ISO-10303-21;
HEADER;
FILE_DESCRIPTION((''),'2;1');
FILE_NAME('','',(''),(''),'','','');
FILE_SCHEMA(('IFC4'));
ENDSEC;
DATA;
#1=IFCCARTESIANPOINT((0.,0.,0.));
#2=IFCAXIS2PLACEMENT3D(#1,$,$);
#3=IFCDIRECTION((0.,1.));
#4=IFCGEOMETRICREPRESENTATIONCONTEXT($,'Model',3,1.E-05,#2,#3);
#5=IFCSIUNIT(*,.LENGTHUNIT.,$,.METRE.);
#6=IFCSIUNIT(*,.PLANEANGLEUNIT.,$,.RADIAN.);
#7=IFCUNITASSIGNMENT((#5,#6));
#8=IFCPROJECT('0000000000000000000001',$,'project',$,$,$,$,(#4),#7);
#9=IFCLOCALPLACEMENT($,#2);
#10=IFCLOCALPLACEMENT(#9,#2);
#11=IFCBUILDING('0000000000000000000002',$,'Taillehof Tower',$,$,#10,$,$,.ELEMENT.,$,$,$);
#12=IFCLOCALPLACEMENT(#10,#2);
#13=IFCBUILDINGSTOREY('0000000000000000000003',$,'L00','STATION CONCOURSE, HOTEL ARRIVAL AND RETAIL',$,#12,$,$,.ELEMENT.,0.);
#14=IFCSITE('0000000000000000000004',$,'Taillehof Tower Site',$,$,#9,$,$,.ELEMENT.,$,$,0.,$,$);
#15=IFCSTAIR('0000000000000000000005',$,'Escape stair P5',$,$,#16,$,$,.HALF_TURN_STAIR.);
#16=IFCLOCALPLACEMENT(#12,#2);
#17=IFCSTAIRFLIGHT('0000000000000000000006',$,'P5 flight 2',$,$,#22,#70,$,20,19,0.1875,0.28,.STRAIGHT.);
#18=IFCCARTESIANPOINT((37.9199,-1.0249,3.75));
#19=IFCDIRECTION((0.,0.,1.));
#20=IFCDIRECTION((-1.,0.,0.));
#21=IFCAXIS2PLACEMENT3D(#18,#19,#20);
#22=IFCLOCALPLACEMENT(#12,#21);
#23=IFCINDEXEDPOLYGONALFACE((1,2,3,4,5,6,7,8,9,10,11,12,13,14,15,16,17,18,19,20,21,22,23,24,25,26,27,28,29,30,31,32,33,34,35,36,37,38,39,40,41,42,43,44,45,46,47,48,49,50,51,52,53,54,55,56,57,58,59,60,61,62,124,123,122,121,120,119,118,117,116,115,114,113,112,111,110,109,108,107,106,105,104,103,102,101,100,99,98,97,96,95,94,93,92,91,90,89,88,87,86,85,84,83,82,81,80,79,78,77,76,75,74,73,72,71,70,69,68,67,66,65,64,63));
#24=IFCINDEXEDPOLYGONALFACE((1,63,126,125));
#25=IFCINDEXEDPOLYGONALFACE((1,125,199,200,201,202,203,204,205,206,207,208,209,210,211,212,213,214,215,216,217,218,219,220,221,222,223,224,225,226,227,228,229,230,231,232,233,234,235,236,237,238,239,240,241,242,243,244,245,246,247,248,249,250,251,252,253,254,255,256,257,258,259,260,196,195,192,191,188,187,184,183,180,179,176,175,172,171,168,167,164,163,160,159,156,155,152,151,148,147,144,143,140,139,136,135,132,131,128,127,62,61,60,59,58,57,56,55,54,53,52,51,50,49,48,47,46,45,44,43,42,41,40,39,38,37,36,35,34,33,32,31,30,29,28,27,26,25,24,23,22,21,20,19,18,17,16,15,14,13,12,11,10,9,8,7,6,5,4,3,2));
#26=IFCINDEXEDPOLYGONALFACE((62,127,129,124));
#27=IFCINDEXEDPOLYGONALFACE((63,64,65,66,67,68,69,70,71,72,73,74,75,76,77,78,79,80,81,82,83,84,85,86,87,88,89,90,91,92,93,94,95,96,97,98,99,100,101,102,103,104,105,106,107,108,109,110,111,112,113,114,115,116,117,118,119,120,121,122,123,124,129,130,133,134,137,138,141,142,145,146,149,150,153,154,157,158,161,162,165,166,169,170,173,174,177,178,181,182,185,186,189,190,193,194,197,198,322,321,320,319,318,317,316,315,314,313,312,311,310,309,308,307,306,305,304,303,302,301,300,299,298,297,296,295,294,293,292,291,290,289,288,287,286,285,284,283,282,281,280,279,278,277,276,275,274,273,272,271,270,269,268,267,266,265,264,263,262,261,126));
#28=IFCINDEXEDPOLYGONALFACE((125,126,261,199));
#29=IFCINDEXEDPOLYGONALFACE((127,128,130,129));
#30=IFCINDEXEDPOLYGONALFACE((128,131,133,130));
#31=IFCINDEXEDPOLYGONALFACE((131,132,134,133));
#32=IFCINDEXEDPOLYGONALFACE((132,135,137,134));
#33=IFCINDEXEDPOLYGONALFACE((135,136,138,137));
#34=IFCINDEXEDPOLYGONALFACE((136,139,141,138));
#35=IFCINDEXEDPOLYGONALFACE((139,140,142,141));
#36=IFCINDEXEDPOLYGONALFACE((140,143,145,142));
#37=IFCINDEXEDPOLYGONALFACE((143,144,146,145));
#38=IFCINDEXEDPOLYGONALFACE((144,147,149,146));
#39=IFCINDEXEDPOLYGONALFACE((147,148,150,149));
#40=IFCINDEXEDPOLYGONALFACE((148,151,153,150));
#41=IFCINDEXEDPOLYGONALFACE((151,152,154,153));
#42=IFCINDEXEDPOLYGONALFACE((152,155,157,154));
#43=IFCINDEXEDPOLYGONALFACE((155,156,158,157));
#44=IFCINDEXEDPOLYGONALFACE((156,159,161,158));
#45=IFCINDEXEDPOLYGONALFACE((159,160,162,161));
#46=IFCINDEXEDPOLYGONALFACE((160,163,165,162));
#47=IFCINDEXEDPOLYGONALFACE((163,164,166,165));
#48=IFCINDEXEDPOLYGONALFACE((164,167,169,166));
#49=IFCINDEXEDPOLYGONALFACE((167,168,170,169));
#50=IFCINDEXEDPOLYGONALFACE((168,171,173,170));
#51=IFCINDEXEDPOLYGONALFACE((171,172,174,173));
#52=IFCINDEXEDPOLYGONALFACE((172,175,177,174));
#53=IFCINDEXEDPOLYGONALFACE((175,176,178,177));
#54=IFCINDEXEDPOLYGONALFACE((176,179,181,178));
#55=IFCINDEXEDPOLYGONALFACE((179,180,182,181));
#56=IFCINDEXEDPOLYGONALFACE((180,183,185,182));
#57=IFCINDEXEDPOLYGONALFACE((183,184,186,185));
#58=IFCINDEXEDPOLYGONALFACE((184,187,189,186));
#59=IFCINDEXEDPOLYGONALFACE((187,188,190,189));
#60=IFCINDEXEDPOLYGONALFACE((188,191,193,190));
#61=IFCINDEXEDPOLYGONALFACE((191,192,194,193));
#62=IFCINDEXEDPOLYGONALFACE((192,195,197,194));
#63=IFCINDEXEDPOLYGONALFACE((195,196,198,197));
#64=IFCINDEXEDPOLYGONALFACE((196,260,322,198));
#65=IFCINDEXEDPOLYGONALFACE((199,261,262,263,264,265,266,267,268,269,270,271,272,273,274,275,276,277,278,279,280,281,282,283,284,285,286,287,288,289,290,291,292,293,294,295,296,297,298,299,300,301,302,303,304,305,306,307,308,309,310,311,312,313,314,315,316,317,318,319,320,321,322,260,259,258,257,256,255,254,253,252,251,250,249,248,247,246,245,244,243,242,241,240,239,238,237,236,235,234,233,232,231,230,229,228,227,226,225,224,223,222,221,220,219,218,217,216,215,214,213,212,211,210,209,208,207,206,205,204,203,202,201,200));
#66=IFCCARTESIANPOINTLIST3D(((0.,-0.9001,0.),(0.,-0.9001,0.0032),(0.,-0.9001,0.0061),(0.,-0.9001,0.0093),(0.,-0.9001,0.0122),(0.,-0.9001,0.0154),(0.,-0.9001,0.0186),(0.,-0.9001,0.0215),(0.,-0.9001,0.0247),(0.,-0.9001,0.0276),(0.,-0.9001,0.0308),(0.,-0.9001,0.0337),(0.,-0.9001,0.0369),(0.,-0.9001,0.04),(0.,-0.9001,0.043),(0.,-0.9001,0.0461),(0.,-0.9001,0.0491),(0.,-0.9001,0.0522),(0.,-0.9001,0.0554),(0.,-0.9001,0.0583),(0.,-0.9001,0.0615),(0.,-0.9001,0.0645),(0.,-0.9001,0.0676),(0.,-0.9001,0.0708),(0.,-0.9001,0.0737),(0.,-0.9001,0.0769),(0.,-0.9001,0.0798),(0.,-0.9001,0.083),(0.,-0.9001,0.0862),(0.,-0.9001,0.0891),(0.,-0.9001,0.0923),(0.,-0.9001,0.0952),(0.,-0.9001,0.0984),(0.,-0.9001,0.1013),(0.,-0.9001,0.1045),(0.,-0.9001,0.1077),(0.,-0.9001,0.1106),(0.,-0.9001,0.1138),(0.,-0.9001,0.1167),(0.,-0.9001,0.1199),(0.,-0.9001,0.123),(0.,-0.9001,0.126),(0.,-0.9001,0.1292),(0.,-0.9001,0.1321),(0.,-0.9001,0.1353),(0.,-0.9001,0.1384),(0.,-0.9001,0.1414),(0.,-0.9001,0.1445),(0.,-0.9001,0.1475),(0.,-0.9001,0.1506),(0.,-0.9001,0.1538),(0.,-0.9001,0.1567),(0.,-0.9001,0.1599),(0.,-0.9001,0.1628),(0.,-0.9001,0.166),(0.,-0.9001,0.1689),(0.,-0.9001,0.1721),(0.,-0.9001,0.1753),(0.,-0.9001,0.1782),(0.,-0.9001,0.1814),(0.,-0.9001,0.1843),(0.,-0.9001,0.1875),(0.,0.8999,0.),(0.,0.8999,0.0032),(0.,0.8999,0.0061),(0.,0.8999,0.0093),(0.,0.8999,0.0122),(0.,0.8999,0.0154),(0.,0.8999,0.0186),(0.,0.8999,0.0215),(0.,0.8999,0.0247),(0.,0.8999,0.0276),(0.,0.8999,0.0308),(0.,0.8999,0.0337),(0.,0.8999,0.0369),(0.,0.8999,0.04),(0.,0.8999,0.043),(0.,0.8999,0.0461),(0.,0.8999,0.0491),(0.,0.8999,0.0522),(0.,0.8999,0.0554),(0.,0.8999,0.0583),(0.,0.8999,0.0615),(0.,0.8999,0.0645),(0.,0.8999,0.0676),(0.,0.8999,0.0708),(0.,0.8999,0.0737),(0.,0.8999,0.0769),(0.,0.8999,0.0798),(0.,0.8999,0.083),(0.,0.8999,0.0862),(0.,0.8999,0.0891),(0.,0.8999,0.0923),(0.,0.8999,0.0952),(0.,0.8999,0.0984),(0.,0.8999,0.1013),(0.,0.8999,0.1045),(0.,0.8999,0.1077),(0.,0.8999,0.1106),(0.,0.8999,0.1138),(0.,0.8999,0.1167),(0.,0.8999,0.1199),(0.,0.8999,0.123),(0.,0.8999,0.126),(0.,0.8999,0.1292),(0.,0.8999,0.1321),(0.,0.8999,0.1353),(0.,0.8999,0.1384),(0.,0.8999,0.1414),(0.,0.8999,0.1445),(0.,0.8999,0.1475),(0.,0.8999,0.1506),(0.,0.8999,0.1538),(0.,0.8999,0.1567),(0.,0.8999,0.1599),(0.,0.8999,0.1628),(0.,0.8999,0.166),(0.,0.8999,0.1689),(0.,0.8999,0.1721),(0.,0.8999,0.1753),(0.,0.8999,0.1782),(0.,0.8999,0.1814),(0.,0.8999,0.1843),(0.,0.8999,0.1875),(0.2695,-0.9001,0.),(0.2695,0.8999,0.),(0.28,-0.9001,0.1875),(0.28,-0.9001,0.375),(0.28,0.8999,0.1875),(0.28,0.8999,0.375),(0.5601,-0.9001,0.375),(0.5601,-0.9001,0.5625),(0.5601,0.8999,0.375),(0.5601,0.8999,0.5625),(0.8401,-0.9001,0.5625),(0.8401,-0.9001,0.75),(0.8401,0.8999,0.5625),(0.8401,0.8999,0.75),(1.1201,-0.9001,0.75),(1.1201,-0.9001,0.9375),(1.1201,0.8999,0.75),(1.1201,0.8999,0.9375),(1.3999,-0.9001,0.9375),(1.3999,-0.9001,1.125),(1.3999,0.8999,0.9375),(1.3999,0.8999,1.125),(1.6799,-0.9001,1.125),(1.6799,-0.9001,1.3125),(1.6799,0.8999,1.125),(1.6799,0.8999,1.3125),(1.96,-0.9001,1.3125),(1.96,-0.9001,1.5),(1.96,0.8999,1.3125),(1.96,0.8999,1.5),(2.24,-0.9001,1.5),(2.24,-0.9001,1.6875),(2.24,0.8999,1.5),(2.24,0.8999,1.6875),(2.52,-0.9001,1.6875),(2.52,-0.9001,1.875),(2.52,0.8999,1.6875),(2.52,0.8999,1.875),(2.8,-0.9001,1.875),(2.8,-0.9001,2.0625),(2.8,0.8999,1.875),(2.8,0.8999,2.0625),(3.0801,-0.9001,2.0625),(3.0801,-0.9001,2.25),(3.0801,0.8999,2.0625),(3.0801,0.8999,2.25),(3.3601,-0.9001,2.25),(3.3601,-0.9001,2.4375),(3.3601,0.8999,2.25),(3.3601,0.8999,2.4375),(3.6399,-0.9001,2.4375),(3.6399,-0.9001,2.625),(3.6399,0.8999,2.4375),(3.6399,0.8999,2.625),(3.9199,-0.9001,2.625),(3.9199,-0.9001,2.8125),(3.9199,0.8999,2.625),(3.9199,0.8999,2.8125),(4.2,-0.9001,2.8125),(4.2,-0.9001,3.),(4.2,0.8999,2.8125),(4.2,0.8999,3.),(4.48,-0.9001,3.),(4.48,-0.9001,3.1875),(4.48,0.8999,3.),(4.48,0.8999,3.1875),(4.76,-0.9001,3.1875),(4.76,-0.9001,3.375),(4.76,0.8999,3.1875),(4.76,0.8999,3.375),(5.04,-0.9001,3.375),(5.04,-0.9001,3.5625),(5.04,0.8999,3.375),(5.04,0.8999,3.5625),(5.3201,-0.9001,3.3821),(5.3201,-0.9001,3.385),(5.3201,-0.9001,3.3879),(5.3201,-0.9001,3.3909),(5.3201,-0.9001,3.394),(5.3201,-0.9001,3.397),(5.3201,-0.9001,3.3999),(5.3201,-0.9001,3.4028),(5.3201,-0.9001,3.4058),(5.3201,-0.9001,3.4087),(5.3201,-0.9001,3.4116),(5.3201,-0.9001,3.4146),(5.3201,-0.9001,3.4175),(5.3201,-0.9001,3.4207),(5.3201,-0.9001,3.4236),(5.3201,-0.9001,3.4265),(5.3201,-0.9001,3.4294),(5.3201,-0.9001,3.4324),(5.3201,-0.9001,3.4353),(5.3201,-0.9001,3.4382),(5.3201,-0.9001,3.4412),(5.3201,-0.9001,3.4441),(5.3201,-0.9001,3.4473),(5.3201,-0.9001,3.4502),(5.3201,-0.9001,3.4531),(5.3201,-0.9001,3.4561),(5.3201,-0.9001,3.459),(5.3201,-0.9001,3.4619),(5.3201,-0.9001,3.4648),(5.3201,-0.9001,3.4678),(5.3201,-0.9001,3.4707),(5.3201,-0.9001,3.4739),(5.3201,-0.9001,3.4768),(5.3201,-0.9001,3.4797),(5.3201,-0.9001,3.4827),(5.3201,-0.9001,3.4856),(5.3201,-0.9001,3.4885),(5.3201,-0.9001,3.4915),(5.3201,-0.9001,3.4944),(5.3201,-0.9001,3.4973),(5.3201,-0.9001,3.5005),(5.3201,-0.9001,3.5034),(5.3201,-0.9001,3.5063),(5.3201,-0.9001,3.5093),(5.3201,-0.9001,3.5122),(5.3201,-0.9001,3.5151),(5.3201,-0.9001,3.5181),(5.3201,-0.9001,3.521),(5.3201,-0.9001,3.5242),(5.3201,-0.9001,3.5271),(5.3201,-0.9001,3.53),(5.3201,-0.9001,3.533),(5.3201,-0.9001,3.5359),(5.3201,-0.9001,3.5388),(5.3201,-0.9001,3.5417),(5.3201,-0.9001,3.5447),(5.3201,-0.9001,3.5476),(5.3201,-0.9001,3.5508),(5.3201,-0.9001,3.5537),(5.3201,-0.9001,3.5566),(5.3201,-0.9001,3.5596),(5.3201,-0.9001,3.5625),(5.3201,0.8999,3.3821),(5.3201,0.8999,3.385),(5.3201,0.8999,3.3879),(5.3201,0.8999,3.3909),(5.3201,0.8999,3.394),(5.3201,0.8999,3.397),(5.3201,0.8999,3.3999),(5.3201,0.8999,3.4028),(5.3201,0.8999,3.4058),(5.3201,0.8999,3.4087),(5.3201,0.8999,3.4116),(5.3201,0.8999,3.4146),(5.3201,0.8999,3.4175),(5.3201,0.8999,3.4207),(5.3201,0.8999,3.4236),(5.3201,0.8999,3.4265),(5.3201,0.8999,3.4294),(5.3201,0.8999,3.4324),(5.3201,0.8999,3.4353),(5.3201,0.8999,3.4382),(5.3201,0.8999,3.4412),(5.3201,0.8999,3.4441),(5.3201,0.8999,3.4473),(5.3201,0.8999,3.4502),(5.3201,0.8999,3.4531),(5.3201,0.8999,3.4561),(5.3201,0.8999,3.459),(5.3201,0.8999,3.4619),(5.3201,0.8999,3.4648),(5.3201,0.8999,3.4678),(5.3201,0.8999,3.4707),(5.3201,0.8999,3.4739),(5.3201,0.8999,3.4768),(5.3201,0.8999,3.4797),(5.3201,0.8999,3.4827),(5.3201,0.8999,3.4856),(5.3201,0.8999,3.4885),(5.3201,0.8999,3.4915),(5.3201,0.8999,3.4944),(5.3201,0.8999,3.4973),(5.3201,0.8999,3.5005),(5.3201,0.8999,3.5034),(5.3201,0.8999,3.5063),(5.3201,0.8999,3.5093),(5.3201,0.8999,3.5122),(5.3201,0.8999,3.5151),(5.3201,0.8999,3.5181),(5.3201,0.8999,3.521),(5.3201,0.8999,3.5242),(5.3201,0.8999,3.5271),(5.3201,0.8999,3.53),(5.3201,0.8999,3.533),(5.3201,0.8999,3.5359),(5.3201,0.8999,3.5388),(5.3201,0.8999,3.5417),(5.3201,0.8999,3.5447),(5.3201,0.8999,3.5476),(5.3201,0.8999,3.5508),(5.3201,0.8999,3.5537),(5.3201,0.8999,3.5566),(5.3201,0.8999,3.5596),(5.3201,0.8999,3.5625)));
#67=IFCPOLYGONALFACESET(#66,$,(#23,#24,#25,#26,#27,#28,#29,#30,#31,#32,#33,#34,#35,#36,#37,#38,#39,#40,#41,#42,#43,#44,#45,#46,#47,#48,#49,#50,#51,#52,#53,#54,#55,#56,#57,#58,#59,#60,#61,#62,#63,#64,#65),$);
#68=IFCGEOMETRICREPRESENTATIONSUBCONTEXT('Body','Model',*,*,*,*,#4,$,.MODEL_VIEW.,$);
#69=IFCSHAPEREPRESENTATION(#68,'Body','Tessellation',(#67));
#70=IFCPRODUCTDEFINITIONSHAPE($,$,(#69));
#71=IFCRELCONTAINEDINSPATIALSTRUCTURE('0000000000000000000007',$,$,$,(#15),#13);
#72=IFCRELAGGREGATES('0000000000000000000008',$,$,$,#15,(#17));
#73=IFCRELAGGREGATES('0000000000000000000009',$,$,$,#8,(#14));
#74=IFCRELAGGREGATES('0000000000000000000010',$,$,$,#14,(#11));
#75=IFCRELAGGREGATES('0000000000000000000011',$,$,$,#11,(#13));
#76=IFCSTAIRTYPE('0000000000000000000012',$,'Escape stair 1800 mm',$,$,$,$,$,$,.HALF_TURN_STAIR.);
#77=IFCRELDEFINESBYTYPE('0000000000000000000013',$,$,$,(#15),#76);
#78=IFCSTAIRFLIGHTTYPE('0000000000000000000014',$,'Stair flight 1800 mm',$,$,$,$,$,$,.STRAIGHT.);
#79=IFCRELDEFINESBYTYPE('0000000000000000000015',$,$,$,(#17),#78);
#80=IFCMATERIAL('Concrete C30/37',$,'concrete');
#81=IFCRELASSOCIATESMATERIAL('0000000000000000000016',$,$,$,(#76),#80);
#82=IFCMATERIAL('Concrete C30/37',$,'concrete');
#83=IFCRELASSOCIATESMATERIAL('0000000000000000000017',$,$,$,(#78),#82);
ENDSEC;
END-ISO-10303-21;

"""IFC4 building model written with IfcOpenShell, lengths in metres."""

from ifc_helpers import new_model, si_unit, direction, frame, origin, place, context, subcontext, project, spatial, polyline, outline, extrude, material, type_object, element, aggregate, save


model = new_model("IFC4")

# Units and contexts
model_context = context("Model", 3, precision=1e-05, world=origin(), true_north=direction((0.0, 1.0)))
body_context = subcontext(model_context, "Body", "Model", "MODEL_VIEW")
ifc_project = project(units=[si_unit("LENGTHUNIT", "METRE"), si_unit("PLANEANGLEUNIT", "RADIAN")], contexts=[model_context])

# Site, building, storey
site_placement = place(None, origin())
site = spatial("IfcSite", under=ifc_project, at=site_placement, Name="Taillehof Tower Site", CompositionType="ELEMENT", RefElevation=0.0)
building_placement = place(site_placement, origin())
building = spatial("IfcBuilding", under=site, at=building_placement, Name="Taillehof Tower", CompositionType="ELEMENT")
storey_placement = place(building_placement, origin())
storey = spatial("IfcBuildingStorey", under=building, at=storey_placement, Name="L00", Description="STATION CONCOURSE, HOTEL ARRIVAL AND RETAIL", CompositionType="ELEMENT", Elevation=0.0)

# Stair, stair flight
ifc_material_1 = material(Name="Concrete C30/37", Category="concrete")
stair_type = type_object("IfcStairType", Name="Escape stair 1800 mm", PredefinedType="HALF_TURN_STAIR", material=ifc_material_1)
stair_placement = place(storey_placement, origin())
stair = element("IfcStair", 1, at=stair_placement, inside=storey, type_object=stair_type, Name="Escape stair P5", PredefinedType="HALF_TURN_STAIR")
ifc_material_2 = material(Name="Concrete C30/37", Category="concrete")
stair_flight_type = type_object("IfcStairFlightType", Name="Stair flight 1800 mm", PredefinedType="STRAIGHT", material=ifc_material_2)
stair_flight_placement = place(storey_placement, frame((37.9199, -1.0249, 3.75), z_axis=(0.0, 0.0, 1.0), x_axis=(-1.0, 0.0, 0.0)))
stair_flight = element("IfcStairFlight", 2, at=stair_flight_placement, type_object=stair_flight_type, Name="P5 flight 2", NumberOfRisers=20, NumberOfTreads=19, PredefinedType="STRAIGHT", RiserHeight=0.1875, TreadLength=0.28, context=body_context, shape_type="SweptSolid", body=[
    extrude(outline(polyline([(0.0, 0.0), (0.0, 0.0032), (0.0, 0.0061), (0.0, 0.0093), (0.0, 0.0122), (0.0, 0.0154), (0.0, 0.0186), (0.0, 0.0215), (0.0, 0.0247), (0.0, 0.0276), (0.0, 0.0308), (0.0, 0.0337), (0.0, 0.0369), (0.0, 0.04), (0.0, 0.043), (0.0, 0.0461), (0.0, 0.0491), (0.0, 0.0522), (0.0, 0.0554), (0.0, 0.0583), (0.0, 0.0615), (0.0, 0.0645), (0.0, 0.0676), (0.0, 0.0708), (0.0, 0.0737), (0.0, 0.0769), (0.0, 0.0798), (0.0, 0.083), (0.0, 0.0862), (0.0, 0.0891), (0.0, 0.0923), (0.0, 0.0952), (0.0, 0.0984), (0.0, 0.1013), (0.0, 0.1045), (0.0, 0.1077), (0.0, 0.1106), (0.0, 0.1138), (0.0, 0.1167), (0.0, 0.1199), (0.0, 0.123), (0.0, 0.126), (0.0, 0.1292), (0.0, 0.1321), (0.0, 0.1353), (0.0, 0.1384), (0.0, 0.1414), (0.0, 0.1445), (0.0, 0.1475), (0.0, 0.1506), (0.0, 0.1538), (0.0, 0.1567), (0.0, 0.1599), (0.0, 0.1628), (0.0, 0.166), (0.0, 0.1689), (0.0, 0.1721), (0.0, 0.1753), (0.0, 0.1782), (0.0, 0.1814), (0.0, 0.1843), (0.0, 0.1875), (0.28, 0.1875), (0.28, 0.375), (0.5601, 0.375), (0.5601, 0.5625), (0.8401, 0.5625), (0.8401, 0.75), (1.1201, 0.75), (1.1201, 0.9375), (1.3999, 0.9375), (1.3999, 1.125), (1.6799, 1.125), (1.6799, 1.3125), (1.96, 1.3125), (1.96, 1.5), (2.24, 1.5), (2.24, 1.6875), (2.52, 1.6875), (2.52, 1.875), (2.8, 1.875), (2.8, 2.0625), (3.0801, 2.0625), (3.0801, 2.25), (3.3601, 2.25), (3.3601, 2.4375), (3.6399, 2.4375), (3.6399, 2.625), (3.9199, 2.625), (3.9199, 2.8125), (4.2, 2.8125), (4.2, 3.0), (4.48, 3.0), (4.48, 3.1875), (4.76, 3.1875), (4.76, 3.375), (5.04, 3.375), (5.04, 3.5625), (5.3201, 3.5625), (5.3201, 3.5596), (5.3201, 3.5566), (5.3201, 3.5537), (5.3201, 3.5508), (5.3201, 3.5476), (5.3201, 3.5447), (5.3201, 3.5417), (5.3201, 3.5388), (5.3201, 3.5359), (5.3201, 3.533), (5.3201, 3.53), (5.3201, 3.5271), (5.3201, 3.5242), (5.3201, 3.521), (5.3201, 3.5181), (5.3201, 3.5151), (5.3201, 3.5122), (5.3201, 3.5093), (5.3201, 3.5063), (5.3201, 3.5034), (5.3201, 3.5005), (5.3201, 3.4973), (5.3201, 3.4944), (5.3201, 3.4915), (5.3201, 3.4885), (5.3201, 3.4856), (5.3201, 3.4827), (5.3201, 3.4797), (5.3201, 3.4768), (5.3201, 3.4739), (5.3201, 3.4707), (5.3201, 3.4678), (5.3201, 3.4648), (5.3201, 3.4619), (5.3201, 3.459), (5.3201, 3.4561), (5.3201, 3.4531), (5.3201, 3.4502), (5.3201, 3.4473), (5.3201, 3.4441), (5.3201, 3.4412), (5.3201, 3.4382), (5.3201, 3.4353), (5.3201, 3.4324), (5.3201, 3.4294), (5.3201, 3.4265), (5.3201, 3.4236), (5.3201, 3.4207), (5.3201, 3.4175), (5.3201, 3.4146), (5.3201, 3.4116), (5.3201, 3.4087), (5.3201, 3.4058), (5.3201, 3.4028), (5.3201, 3.3999), (5.3201, 3.397), (5.3201, 3.394), (5.3201, 3.3909), (5.3201, 3.3879), (5.3201, 3.385), (5.3201, 3.3821), (0.2695, 0.0), (0.0, 0.0)])), frame((0.0, 0.8999, 0.0), z_axis=(0.0, -1.0, 0.0), x_axis=(1.0, 0.0, 0.0)), (0.0, 0.0, 1.0), 1.8),
])
aggregate(stair, [stair_flight])

save(model, "model.ifc")
